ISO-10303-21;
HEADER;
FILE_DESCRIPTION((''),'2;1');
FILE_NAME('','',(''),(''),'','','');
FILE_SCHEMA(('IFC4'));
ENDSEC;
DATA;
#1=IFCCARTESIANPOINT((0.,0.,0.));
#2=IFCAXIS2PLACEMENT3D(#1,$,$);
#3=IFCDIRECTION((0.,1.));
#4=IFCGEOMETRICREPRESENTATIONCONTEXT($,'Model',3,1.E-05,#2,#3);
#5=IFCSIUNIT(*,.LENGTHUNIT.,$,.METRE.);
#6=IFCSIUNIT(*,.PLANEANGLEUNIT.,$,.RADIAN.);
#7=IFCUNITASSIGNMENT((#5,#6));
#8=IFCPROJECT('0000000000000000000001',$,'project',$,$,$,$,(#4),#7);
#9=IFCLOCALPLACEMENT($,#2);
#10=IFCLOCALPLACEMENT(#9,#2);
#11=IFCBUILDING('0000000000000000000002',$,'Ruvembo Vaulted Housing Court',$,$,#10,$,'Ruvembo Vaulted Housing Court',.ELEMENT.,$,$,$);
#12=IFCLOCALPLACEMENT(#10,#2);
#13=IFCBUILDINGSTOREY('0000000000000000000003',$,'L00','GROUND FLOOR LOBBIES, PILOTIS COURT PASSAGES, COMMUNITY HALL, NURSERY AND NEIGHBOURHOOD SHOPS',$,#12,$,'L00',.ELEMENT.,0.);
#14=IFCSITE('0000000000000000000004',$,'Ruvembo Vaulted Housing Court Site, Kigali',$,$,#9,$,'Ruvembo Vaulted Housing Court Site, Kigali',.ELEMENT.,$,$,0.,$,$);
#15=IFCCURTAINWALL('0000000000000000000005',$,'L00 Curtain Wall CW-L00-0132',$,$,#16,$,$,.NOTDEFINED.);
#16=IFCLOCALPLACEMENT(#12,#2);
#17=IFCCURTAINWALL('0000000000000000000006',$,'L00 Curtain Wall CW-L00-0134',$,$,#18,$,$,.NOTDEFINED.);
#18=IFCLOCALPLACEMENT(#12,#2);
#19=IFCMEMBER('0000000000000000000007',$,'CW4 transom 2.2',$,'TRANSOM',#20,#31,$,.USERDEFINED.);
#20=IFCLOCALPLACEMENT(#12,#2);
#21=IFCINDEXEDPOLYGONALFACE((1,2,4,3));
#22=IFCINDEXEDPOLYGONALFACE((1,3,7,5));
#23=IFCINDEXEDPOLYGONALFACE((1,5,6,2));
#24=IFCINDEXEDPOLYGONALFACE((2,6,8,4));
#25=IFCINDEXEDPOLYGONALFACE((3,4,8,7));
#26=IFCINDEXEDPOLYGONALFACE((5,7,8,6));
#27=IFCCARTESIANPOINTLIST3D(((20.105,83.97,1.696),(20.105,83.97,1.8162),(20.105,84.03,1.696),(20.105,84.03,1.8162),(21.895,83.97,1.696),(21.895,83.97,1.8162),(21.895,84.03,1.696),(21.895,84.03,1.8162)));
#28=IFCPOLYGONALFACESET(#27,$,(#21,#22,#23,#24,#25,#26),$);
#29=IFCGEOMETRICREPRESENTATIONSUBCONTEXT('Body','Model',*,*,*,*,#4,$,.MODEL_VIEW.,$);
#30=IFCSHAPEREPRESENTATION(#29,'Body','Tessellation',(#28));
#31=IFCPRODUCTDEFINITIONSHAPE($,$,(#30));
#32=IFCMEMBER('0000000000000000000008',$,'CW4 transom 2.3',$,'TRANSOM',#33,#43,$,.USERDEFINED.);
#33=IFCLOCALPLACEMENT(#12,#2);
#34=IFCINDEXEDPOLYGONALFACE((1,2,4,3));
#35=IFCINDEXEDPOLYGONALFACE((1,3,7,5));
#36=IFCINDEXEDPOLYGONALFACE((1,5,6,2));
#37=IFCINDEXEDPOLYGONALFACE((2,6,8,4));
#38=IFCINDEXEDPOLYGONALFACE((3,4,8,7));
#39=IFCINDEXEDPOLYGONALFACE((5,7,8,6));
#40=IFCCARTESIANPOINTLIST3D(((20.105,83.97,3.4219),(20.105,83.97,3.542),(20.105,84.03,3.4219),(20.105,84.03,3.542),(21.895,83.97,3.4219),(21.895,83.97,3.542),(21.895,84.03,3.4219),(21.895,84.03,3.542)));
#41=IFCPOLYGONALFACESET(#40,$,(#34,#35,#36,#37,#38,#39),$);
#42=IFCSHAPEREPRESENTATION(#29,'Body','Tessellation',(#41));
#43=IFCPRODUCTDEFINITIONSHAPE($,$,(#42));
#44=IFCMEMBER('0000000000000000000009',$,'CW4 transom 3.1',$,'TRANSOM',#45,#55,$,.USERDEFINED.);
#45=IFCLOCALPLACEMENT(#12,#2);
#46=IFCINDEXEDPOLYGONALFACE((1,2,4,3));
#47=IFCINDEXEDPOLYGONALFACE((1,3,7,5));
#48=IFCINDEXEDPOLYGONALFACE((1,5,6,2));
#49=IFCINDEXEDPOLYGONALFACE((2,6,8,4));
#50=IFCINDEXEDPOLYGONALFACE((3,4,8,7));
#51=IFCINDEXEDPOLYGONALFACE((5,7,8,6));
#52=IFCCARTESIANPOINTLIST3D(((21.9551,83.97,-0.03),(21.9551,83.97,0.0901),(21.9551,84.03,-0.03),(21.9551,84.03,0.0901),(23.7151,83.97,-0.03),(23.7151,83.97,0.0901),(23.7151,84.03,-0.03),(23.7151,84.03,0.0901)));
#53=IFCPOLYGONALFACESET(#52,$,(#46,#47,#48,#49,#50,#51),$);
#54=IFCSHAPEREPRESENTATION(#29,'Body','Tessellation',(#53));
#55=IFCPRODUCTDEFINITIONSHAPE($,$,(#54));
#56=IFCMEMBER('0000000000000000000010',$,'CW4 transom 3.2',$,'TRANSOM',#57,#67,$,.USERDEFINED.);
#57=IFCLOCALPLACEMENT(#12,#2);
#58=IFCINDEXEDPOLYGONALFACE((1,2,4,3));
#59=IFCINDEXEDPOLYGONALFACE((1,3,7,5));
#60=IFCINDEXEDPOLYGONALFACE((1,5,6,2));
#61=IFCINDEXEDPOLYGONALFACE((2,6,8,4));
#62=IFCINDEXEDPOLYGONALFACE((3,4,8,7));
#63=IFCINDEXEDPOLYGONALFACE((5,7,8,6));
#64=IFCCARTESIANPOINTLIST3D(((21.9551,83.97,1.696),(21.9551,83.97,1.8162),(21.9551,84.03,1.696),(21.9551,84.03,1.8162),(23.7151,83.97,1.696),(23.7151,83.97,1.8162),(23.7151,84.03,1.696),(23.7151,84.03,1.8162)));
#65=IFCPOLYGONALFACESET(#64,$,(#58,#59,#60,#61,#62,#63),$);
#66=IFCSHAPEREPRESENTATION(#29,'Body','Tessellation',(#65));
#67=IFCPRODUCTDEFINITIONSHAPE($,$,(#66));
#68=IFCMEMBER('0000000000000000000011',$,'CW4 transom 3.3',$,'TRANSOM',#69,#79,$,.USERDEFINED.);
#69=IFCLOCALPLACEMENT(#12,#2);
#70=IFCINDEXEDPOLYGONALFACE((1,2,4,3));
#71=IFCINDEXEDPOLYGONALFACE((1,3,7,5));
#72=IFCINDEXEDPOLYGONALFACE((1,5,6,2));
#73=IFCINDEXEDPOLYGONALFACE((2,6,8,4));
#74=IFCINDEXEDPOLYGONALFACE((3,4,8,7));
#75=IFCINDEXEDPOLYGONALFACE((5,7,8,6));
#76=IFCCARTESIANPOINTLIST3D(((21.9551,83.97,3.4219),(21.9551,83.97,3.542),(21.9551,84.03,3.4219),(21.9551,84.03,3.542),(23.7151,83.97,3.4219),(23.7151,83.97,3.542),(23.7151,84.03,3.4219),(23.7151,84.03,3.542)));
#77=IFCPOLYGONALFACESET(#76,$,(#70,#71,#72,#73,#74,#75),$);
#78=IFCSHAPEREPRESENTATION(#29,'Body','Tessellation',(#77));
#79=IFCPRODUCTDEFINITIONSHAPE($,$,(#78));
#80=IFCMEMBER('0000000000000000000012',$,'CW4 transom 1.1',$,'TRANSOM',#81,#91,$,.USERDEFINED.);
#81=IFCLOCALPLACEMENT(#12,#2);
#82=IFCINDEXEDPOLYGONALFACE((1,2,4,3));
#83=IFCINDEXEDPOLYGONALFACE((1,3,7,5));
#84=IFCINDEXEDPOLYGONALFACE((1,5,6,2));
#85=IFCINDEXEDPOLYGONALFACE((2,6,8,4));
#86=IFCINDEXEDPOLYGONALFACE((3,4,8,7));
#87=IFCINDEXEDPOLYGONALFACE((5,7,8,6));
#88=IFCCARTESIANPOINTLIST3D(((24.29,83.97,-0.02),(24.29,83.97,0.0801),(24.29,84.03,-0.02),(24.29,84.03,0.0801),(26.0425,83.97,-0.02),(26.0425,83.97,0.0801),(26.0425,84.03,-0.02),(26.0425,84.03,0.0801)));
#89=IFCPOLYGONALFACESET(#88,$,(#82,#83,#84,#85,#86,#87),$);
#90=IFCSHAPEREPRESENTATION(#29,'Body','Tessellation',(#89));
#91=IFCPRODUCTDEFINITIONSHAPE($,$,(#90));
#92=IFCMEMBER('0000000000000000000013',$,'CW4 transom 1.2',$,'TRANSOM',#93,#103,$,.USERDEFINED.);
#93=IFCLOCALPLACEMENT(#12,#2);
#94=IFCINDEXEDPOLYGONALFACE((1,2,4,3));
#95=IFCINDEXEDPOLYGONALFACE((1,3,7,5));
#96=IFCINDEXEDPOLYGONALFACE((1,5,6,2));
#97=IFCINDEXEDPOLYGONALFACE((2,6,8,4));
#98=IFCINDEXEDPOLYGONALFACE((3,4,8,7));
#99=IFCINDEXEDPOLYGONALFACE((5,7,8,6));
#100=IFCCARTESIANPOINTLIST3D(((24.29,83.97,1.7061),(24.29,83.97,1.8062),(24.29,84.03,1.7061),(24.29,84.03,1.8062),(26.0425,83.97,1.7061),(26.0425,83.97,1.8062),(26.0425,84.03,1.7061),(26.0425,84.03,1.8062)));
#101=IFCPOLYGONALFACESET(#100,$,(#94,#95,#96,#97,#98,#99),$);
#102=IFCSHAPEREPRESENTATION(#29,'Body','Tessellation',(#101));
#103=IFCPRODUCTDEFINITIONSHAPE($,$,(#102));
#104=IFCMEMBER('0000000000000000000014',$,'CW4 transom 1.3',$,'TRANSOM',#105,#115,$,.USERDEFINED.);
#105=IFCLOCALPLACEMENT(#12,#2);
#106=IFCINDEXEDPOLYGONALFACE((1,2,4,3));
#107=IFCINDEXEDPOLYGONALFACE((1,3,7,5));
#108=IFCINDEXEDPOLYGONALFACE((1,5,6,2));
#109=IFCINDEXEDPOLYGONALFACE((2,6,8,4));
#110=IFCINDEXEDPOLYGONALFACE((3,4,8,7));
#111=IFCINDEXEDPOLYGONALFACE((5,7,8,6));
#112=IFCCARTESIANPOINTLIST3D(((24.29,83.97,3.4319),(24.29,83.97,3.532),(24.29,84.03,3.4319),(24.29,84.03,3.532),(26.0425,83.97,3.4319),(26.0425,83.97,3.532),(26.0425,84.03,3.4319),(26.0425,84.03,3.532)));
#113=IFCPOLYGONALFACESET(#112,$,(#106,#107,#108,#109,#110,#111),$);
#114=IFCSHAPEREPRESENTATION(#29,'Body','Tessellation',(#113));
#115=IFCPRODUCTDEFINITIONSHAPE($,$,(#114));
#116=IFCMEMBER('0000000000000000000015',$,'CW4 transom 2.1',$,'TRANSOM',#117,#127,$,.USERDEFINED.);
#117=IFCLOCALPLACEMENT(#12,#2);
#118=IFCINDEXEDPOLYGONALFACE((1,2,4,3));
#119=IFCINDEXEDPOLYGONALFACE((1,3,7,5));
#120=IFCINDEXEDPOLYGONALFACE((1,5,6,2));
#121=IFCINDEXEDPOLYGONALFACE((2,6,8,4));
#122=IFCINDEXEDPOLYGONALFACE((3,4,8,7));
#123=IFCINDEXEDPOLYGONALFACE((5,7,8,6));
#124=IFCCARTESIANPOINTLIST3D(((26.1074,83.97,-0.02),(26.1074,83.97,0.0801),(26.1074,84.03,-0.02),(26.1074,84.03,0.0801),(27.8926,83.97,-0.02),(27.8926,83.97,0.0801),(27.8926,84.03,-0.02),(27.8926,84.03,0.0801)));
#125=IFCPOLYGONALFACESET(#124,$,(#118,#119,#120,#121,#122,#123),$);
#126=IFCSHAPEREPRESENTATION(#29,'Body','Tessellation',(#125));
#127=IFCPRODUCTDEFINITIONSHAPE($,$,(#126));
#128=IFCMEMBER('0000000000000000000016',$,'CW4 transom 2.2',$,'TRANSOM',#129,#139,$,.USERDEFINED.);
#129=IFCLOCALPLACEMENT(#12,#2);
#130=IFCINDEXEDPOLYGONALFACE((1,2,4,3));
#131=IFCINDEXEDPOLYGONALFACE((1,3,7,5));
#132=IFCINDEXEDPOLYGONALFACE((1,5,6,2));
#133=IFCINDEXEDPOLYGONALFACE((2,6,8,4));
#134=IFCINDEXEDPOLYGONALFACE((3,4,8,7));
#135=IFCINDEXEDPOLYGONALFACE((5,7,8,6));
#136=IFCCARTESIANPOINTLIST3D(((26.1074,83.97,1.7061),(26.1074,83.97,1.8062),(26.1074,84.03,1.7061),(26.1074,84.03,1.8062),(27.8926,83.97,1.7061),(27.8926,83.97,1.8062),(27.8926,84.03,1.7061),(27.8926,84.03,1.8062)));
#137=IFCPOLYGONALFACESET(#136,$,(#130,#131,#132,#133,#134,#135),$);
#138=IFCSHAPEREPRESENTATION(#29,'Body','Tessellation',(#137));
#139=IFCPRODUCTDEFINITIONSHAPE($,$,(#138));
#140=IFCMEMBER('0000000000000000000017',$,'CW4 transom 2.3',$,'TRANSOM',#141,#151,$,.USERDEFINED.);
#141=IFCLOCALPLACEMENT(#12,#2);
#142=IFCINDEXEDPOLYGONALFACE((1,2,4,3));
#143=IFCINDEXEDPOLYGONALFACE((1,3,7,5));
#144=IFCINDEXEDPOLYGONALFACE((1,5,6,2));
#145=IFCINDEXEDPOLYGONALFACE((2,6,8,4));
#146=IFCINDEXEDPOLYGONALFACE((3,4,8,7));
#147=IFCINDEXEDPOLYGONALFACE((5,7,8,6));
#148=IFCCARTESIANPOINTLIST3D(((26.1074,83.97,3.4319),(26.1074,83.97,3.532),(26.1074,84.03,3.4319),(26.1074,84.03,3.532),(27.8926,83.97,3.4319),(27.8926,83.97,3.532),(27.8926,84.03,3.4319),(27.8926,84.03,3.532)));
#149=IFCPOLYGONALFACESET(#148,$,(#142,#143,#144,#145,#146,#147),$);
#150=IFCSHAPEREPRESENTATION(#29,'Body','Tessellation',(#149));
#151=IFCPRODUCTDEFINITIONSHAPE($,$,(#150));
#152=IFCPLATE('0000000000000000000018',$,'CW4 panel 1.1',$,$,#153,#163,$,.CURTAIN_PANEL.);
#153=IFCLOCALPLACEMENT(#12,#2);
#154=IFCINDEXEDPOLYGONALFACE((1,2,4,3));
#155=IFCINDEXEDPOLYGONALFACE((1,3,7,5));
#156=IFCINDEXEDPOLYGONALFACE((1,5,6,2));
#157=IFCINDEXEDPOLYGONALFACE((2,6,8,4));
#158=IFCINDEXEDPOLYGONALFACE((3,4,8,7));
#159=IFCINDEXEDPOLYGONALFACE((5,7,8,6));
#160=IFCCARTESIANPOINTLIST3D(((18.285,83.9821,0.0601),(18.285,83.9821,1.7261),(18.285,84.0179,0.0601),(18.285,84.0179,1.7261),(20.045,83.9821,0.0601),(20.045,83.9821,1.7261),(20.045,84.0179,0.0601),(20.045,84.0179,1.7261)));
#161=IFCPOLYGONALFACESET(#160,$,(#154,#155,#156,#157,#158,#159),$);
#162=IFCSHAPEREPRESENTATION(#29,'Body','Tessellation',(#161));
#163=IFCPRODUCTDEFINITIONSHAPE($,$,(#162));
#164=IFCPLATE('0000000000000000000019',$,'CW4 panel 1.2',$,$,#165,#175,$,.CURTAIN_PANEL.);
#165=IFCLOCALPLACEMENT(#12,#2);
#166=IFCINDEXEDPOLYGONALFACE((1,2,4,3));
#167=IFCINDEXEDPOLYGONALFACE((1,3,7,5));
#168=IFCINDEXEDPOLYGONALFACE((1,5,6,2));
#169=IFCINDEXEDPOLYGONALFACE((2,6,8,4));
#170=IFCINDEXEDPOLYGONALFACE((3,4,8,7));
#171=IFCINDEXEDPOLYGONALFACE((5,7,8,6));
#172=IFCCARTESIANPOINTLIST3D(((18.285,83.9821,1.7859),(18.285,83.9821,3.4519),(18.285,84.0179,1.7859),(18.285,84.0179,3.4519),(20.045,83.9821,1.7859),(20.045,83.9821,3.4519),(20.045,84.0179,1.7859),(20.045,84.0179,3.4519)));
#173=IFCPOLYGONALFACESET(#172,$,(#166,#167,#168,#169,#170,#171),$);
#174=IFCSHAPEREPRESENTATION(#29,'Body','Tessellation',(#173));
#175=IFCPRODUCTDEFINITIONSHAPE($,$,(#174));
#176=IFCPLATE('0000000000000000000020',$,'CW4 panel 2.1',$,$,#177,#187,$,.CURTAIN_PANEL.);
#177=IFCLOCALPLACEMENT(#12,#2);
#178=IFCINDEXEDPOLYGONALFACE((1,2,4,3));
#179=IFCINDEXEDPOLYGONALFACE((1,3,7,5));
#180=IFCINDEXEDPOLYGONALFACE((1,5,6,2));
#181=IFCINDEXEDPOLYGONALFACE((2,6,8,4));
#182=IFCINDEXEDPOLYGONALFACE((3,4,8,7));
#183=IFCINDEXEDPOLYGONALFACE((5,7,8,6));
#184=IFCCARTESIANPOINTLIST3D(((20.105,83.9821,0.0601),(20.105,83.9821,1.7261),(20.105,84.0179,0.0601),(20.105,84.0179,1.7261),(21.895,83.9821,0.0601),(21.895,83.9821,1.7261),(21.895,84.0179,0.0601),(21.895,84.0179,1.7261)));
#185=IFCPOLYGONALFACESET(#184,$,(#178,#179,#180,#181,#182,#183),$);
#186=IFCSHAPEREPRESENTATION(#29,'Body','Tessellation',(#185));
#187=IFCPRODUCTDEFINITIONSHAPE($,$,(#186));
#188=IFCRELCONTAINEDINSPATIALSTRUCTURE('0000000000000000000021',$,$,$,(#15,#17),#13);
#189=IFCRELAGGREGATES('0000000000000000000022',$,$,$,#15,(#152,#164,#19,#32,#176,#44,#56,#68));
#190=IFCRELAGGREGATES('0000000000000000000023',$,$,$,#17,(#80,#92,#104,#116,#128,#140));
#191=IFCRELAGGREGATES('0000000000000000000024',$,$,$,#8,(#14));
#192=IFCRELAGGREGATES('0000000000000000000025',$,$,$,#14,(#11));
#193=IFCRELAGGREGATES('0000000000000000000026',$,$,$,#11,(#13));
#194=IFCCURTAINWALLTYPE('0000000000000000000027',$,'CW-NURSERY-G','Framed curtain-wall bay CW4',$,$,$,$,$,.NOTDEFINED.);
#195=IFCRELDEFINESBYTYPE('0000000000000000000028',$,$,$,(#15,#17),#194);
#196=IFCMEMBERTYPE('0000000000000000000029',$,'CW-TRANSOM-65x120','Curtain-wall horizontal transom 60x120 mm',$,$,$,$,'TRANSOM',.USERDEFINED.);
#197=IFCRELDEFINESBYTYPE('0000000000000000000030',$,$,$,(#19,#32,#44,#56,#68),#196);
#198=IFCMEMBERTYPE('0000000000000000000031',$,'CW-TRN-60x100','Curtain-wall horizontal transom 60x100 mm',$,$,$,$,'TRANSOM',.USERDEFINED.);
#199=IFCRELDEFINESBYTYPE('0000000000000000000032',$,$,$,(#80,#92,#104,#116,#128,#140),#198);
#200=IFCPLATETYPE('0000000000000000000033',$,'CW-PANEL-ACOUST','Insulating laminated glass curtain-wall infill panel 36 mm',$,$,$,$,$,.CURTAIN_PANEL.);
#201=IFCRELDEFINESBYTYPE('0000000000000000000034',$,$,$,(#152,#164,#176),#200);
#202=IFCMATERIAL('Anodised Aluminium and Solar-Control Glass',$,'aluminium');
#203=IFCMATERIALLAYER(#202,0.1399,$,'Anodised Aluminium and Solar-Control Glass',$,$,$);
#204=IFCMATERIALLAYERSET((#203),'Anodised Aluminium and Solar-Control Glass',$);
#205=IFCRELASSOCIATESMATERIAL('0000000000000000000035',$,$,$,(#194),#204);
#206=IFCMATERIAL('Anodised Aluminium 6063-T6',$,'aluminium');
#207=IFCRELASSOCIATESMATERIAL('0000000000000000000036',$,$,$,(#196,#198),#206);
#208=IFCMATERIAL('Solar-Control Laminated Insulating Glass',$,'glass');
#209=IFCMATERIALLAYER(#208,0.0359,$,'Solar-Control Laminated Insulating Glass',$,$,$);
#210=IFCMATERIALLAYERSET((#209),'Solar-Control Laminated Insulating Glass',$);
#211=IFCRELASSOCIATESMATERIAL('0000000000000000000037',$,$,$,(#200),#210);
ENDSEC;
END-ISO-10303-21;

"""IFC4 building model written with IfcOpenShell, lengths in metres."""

from ifc_helpers import new_model, si_unit, direction, frame, origin, origin_2d, place, context, subcontext, project, spatial, rectangle, extrude, material, layer, layer_set, material_profile, profile_set, type_object, element, aggregate, save


model = new_model("IFC4")

# Units and contexts
model_context = context("Model", 3, precision=1e-05, world=origin(), true_north=direction((0.0, 1.0)))
body_context = subcontext(model_context, "Body", "Model", "MODEL_VIEW")
ifc_project = project(units=[si_unit("LENGTHUNIT", "METRE"), si_unit("PLANEANGLEUNIT", "RADIAN")], contexts=[model_context])

# Site, building, storey
site_placement = place(None, origin())
site = spatial("IfcSite", under=ifc_project, at=site_placement, Name="Ruvembo Vaulted Housing Court Site, Kigali", LongName="Ruvembo Vaulted Housing Court Site, Kigali", CompositionType="ELEMENT", RefElevation=0.0)
building_placement = place(site_placement, origin())
building = spatial("IfcBuilding", under=site, at=building_placement, Name="Ruvembo Vaulted Housing Court", LongName="Ruvembo Vaulted Housing Court", CompositionType="ELEMENT")
storey_placement = place(building_placement, origin())
storey = spatial("IfcBuildingStorey", under=building, at=storey_placement, Name="L00", Description="GROUND FLOOR LOBBIES, PILOTIS COURT PASSAGES, COMMUNITY HALL, NURSERY AND NEIGHBOURHOOD SHOPS", LongName="L00", CompositionType="ELEMENT", Elevation=0.0)

# Curtain walls
ifc_material_1 = material(Name="Anodised Aluminium and Solar-Control Glass", Category="aluminium")
ifc_layer_1 = layer(ifc_material_1, 0.1399, Name="Anodised Aluminium and Solar-Control Glass")
ifc_layer_set_1 = layer_set([ifc_layer_1], Name="Anodised Aluminium and Solar-Control Glass")
curtain_wall_type = type_object("IfcCurtainWallType", Name="CW-NURSERY-G", Description="Framed curtain-wall bay CW4", PredefinedType="NOTDEFINED", material=ifc_layer_set_1)
curtain_wall_1_placement = place(storey_placement, origin())
curtain_wall_1 = element("IfcCurtainWall", 1, at=curtain_wall_1_placement, inside=storey, type_object=curtain_wall_type, Name="L00 Curtain Wall CW-L00-0132", PredefinedType="NOTDEFINED")
ifc_material_2 = material(Name="Anodised Aluminium 6063-T6", Category="aluminium")
curtain_wall_2_placement = place(storey_placement, origin())
curtain_wall_2 = element("IfcCurtainWall", 2, at=curtain_wall_2_placement, inside=storey, type_object=curtain_wall_type, Name="L00 Curtain Wall CW-L00-0134", PredefinedType="NOTDEFINED")

# Members
ifc_material_profile_1 = material_profile(ifc_material_2, rectangle(XDim=0.0601, YDim=0.1201, at=origin_2d()), Name="ALU 60x120")
ifc_profile_set_1 = profile_set([ifc_material_profile_1], Name="Anodised Aluminium 6063-T6")
member_type_1 = type_object("IfcMemberType", Name="CW-TRANSOM-65x120", Description="Curtain-wall horizontal transom 60x120 mm", ElementType="TRANSOM", PredefinedType="USERDEFINED", material=ifc_profile_set_1)
member_1_placement = place(storey_placement, frame((20.105, 84.0, 1.7561), z_axis=(1.0, 0.0, 0.0), x_axis=(0.0, 1.0, 0.0)))
member_1 = element("IfcMember", 3, at=member_1_placement, type_object=member_type_1, Name="CW4 transom 2.2", ObjectType="TRANSOM", PredefinedType="USERDEFINED", context=body_context, shape_type="SweptSolid", body=[
    extrude(rectangle(XDim=0.0601, YDim=0.1201, at=origin_2d()), origin(), (0.0, 0.0, 1.0), 1.79),
])
member_2_placement = place(storey_placement, frame((20.105, 84.0, 3.4819), z_axis=(1.0, 0.0, 0.0), x_axis=(0.0, 1.0, 0.0)))
member_2 = element("IfcMember", 4, at=member_2_placement, type_object=member_type_1, Name="CW4 transom 2.3", ObjectType="TRANSOM", PredefinedType="USERDEFINED", context=body_context, shape_type="SweptSolid", body=[
    extrude(rectangle(XDim=0.0601, YDim=0.1201, at=origin_2d()), origin(), (0.0, 0.0, 1.0), 1.79),
])
member_3_placement = place(storey_placement, frame((21.9551, 84.0, 0.03), z_axis=(1.0, 0.0, 0.0), x_axis=(0.0, 1.0, 0.0)))
member_3 = element("IfcMember", 5, at=member_3_placement, type_object=member_type_1, Name="CW4 transom 3.1", ObjectType="TRANSOM", PredefinedType="USERDEFINED", context=body_context, shape_type="SweptSolid", body=[
    extrude(rectangle(XDim=0.0601, YDim=0.1201, at=origin_2d()), origin(), (0.0, 0.0, 1.0), 1.76),
])
member_4_placement = place(storey_placement, frame((21.9551, 84.0, 1.7561), z_axis=(1.0, 0.0, 0.0), x_axis=(0.0, 1.0, 0.0)))
member_4 = element("IfcMember", 6, at=member_4_placement, type_object=member_type_1, Name="CW4 transom 3.2", ObjectType="TRANSOM", PredefinedType="USERDEFINED", context=body_context, shape_type="SweptSolid", body=[
    extrude(rectangle(XDim=0.0601, YDim=0.1201, at=origin_2d()), origin(), (0.0, 0.0, 1.0), 1.76),
])
member_5_placement = place(storey_placement, frame((21.9551, 84.0, 3.4819), z_axis=(1.0, 0.0, 0.0), x_axis=(0.0, 1.0, 0.0)))
member_5 = element("IfcMember", 7, at=member_5_placement, type_object=member_type_1, Name="CW4 transom 3.3", ObjectType="TRANSOM", PredefinedType="USERDEFINED", context=body_context, shape_type="SweptSolid", body=[
    extrude(rectangle(XDim=0.0601, YDim=0.1201, at=origin_2d()), origin(), (0.0, 0.0, 1.0), 1.76),
])
ifc_material_profile_2 = material_profile(ifc_material_2, rectangle(XDim=0.0601, YDim=0.1001, at=origin_2d()), Name="ALU 60x100")
ifc_profile_set_2 = profile_set([ifc_material_profile_2], Name="Anodised Aluminium 6063-T6")
member_type_2 = type_object("IfcMemberType", Name="CW-TRN-60x100", Description="Curtain-wall horizontal transom 60x100 mm", ElementType="TRANSOM", PredefinedType="USERDEFINED", material=ifc_profile_set_2)
member_6_placement = place(storey_placement, frame((24.29, 84.0, 0.03), z_axis=(1.0, 0.0, 0.0), x_axis=(0.0, 1.0, 0.0)))
member_6 = element("IfcMember", 8, at=member_6_placement, type_object=member_type_2, Name="CW4 transom 1.1", ObjectType="TRANSOM", PredefinedType="USERDEFINED", context=body_context, shape_type="SweptSolid", body=[
    extrude(rectangle(XDim=0.0601, YDim=0.1001, at=origin_2d()), origin(), (0.0, 0.0, 1.0), 1.7524),
])
member_7_placement = place(storey_placement, frame((24.29, 84.0, 1.7561), z_axis=(1.0, 0.0, 0.0), x_axis=(0.0, 1.0, 0.0)))
member_7 = element("IfcMember", 9, at=member_7_placement, type_object=member_type_2, Name="CW4 transom 1.2", ObjectType="TRANSOM", PredefinedType="USERDEFINED", context=body_context, shape_type="SweptSolid", body=[
    extrude(rectangle(XDim=0.0601, YDim=0.1001, at=origin_2d()), origin(), (0.0, 0.0, 1.0), 1.7524),
])
member_8_placement = place(storey_placement, frame((24.29, 84.0, 3.4819), z_axis=(1.0, 0.0, 0.0), x_axis=(0.0, 1.0, 0.0)))
member_8 = element("IfcMember", 10, at=member_8_placement, type_object=member_type_2, Name="CW4 transom 1.3", ObjectType="TRANSOM", PredefinedType="USERDEFINED", context=body_context, shape_type="SweptSolid", body=[
    extrude(rectangle(XDim=0.0601, YDim=0.1001, at=origin_2d()), origin(), (0.0, 0.0, 1.0), 1.7524),
])
member_9_placement = place(storey_placement, frame((26.1074, 84.0, 0.03), z_axis=(1.0, 0.0, 0.0), x_axis=(0.0, 1.0, 0.0)))
member_9 = element("IfcMember", 11, at=member_9_placement, type_object=member_type_2, Name="CW4 transom 2.1", ObjectType="TRANSOM", PredefinedType="USERDEFINED", context=body_context, shape_type="SweptSolid", body=[
    extrude(rectangle(XDim=0.0601, YDim=0.1001, at=origin_2d()), origin(), (0.0, 0.0, 1.0), 1.7852),
])
member_10_placement = place(storey_placement, frame((26.1074, 84.0, 1.7561), z_axis=(1.0, 0.0, 0.0), x_axis=(0.0, 1.0, 0.0)))
member_10 = element("IfcMember", 12, at=member_10_placement, type_object=member_type_2, Name="CW4 transom 2.2", ObjectType="TRANSOM", PredefinedType="USERDEFINED", context=body_context, shape_type="SweptSolid", body=[
    extrude(rectangle(XDim=0.0601, YDim=0.1001, at=origin_2d()), origin(), (0.0, 0.0, 1.0), 1.7852),
])
member_11_placement = place(storey_placement, frame((26.1074, 84.0, 3.4819), z_axis=(1.0, 0.0, 0.0), x_axis=(0.0, 1.0, 0.0)))
member_11 = element("IfcMember", 13, at=member_11_placement, type_object=member_type_2, Name="CW4 transom 2.3", ObjectType="TRANSOM", PredefinedType="USERDEFINED", context=body_context, shape_type="SweptSolid", body=[
    extrude(rectangle(XDim=0.0601, YDim=0.1001, at=origin_2d()), origin(), (0.0, 0.0, 1.0), 1.7852),
])

# Plates
ifc_material_3 = material(Name="Solar-Control Laminated Insulating Glass", Category="glass")
ifc_layer_2 = layer(ifc_material_3, 0.0359, Name="Solar-Control Laminated Insulating Glass")
ifc_layer_set_2 = layer_set([ifc_layer_2], Name="Solar-Control Laminated Insulating Glass")
plate_type_1 = type_object("IfcPlateType", Name="CW-PANEL-ACOUST", Description="Insulating laminated glass curtain-wall infill panel 36 mm", PredefinedType="CURTAIN_PANEL", material=ifc_layer_set_2)
plate_1_placement = place(storey_placement, frame((19.165, 84.0, 0.0601), z_axis=(0.0, 0.0, 1.0), x_axis=(1.0, 0.0, 0.0)))
plate_1 = element("IfcPlate", 14, at=plate_1_placement, type_object=plate_type_1, Name="CW4 panel 1.1", PredefinedType="CURTAIN_PANEL", context=body_context, shape_type="SweptSolid", body=[
    extrude(rectangle(XDim=1.76, YDim=0.0359, at=origin_2d()), origin(), (0.0, 0.0, 1.0), 1.666),
])
plate_2_placement = place(storey_placement, frame((19.165, 84.0, 1.7859), z_axis=(0.0, 0.0, 1.0), x_axis=(1.0, 0.0, 0.0)))
plate_2 = element("IfcPlate", 15, at=plate_2_placement, type_object=plate_type_1, Name="CW4 panel 1.2", PredefinedType="CURTAIN_PANEL", context=body_context, shape_type="SweptSolid", body=[
    extrude(rectangle(XDim=1.76, YDim=0.0359, at=origin_2d()), origin(), (0.0, 0.0, 1.0), 1.666),
])
plate_3_placement = place(storey_placement, frame((21.0, 84.0, 0.0601), z_axis=(0.0, 0.0, 1.0), x_axis=(1.0, 0.0, 0.0)))
plate_3 = element("IfcPlate", 16, at=plate_3_placement, type_object=plate_type_1, Name="CW4 panel 2.1", PredefinedType="CURTAIN_PANEL", context=body_context, shape_type="SweptSolid", body=[
    extrude(rectangle(XDim=1.79, YDim=0.0359, at=origin_2d()), origin(), (0.0, 0.0, 1.0), 1.666),
])
aggregate(curtain_wall_1, [plate_1, plate_2, member_1, member_2, plate_3, member_3, member_4, member_5])
aggregate(curtain_wall_2, [member_6, member_7, member_8, member_9, member_10, member_11])

save(model, "model.ifc")
